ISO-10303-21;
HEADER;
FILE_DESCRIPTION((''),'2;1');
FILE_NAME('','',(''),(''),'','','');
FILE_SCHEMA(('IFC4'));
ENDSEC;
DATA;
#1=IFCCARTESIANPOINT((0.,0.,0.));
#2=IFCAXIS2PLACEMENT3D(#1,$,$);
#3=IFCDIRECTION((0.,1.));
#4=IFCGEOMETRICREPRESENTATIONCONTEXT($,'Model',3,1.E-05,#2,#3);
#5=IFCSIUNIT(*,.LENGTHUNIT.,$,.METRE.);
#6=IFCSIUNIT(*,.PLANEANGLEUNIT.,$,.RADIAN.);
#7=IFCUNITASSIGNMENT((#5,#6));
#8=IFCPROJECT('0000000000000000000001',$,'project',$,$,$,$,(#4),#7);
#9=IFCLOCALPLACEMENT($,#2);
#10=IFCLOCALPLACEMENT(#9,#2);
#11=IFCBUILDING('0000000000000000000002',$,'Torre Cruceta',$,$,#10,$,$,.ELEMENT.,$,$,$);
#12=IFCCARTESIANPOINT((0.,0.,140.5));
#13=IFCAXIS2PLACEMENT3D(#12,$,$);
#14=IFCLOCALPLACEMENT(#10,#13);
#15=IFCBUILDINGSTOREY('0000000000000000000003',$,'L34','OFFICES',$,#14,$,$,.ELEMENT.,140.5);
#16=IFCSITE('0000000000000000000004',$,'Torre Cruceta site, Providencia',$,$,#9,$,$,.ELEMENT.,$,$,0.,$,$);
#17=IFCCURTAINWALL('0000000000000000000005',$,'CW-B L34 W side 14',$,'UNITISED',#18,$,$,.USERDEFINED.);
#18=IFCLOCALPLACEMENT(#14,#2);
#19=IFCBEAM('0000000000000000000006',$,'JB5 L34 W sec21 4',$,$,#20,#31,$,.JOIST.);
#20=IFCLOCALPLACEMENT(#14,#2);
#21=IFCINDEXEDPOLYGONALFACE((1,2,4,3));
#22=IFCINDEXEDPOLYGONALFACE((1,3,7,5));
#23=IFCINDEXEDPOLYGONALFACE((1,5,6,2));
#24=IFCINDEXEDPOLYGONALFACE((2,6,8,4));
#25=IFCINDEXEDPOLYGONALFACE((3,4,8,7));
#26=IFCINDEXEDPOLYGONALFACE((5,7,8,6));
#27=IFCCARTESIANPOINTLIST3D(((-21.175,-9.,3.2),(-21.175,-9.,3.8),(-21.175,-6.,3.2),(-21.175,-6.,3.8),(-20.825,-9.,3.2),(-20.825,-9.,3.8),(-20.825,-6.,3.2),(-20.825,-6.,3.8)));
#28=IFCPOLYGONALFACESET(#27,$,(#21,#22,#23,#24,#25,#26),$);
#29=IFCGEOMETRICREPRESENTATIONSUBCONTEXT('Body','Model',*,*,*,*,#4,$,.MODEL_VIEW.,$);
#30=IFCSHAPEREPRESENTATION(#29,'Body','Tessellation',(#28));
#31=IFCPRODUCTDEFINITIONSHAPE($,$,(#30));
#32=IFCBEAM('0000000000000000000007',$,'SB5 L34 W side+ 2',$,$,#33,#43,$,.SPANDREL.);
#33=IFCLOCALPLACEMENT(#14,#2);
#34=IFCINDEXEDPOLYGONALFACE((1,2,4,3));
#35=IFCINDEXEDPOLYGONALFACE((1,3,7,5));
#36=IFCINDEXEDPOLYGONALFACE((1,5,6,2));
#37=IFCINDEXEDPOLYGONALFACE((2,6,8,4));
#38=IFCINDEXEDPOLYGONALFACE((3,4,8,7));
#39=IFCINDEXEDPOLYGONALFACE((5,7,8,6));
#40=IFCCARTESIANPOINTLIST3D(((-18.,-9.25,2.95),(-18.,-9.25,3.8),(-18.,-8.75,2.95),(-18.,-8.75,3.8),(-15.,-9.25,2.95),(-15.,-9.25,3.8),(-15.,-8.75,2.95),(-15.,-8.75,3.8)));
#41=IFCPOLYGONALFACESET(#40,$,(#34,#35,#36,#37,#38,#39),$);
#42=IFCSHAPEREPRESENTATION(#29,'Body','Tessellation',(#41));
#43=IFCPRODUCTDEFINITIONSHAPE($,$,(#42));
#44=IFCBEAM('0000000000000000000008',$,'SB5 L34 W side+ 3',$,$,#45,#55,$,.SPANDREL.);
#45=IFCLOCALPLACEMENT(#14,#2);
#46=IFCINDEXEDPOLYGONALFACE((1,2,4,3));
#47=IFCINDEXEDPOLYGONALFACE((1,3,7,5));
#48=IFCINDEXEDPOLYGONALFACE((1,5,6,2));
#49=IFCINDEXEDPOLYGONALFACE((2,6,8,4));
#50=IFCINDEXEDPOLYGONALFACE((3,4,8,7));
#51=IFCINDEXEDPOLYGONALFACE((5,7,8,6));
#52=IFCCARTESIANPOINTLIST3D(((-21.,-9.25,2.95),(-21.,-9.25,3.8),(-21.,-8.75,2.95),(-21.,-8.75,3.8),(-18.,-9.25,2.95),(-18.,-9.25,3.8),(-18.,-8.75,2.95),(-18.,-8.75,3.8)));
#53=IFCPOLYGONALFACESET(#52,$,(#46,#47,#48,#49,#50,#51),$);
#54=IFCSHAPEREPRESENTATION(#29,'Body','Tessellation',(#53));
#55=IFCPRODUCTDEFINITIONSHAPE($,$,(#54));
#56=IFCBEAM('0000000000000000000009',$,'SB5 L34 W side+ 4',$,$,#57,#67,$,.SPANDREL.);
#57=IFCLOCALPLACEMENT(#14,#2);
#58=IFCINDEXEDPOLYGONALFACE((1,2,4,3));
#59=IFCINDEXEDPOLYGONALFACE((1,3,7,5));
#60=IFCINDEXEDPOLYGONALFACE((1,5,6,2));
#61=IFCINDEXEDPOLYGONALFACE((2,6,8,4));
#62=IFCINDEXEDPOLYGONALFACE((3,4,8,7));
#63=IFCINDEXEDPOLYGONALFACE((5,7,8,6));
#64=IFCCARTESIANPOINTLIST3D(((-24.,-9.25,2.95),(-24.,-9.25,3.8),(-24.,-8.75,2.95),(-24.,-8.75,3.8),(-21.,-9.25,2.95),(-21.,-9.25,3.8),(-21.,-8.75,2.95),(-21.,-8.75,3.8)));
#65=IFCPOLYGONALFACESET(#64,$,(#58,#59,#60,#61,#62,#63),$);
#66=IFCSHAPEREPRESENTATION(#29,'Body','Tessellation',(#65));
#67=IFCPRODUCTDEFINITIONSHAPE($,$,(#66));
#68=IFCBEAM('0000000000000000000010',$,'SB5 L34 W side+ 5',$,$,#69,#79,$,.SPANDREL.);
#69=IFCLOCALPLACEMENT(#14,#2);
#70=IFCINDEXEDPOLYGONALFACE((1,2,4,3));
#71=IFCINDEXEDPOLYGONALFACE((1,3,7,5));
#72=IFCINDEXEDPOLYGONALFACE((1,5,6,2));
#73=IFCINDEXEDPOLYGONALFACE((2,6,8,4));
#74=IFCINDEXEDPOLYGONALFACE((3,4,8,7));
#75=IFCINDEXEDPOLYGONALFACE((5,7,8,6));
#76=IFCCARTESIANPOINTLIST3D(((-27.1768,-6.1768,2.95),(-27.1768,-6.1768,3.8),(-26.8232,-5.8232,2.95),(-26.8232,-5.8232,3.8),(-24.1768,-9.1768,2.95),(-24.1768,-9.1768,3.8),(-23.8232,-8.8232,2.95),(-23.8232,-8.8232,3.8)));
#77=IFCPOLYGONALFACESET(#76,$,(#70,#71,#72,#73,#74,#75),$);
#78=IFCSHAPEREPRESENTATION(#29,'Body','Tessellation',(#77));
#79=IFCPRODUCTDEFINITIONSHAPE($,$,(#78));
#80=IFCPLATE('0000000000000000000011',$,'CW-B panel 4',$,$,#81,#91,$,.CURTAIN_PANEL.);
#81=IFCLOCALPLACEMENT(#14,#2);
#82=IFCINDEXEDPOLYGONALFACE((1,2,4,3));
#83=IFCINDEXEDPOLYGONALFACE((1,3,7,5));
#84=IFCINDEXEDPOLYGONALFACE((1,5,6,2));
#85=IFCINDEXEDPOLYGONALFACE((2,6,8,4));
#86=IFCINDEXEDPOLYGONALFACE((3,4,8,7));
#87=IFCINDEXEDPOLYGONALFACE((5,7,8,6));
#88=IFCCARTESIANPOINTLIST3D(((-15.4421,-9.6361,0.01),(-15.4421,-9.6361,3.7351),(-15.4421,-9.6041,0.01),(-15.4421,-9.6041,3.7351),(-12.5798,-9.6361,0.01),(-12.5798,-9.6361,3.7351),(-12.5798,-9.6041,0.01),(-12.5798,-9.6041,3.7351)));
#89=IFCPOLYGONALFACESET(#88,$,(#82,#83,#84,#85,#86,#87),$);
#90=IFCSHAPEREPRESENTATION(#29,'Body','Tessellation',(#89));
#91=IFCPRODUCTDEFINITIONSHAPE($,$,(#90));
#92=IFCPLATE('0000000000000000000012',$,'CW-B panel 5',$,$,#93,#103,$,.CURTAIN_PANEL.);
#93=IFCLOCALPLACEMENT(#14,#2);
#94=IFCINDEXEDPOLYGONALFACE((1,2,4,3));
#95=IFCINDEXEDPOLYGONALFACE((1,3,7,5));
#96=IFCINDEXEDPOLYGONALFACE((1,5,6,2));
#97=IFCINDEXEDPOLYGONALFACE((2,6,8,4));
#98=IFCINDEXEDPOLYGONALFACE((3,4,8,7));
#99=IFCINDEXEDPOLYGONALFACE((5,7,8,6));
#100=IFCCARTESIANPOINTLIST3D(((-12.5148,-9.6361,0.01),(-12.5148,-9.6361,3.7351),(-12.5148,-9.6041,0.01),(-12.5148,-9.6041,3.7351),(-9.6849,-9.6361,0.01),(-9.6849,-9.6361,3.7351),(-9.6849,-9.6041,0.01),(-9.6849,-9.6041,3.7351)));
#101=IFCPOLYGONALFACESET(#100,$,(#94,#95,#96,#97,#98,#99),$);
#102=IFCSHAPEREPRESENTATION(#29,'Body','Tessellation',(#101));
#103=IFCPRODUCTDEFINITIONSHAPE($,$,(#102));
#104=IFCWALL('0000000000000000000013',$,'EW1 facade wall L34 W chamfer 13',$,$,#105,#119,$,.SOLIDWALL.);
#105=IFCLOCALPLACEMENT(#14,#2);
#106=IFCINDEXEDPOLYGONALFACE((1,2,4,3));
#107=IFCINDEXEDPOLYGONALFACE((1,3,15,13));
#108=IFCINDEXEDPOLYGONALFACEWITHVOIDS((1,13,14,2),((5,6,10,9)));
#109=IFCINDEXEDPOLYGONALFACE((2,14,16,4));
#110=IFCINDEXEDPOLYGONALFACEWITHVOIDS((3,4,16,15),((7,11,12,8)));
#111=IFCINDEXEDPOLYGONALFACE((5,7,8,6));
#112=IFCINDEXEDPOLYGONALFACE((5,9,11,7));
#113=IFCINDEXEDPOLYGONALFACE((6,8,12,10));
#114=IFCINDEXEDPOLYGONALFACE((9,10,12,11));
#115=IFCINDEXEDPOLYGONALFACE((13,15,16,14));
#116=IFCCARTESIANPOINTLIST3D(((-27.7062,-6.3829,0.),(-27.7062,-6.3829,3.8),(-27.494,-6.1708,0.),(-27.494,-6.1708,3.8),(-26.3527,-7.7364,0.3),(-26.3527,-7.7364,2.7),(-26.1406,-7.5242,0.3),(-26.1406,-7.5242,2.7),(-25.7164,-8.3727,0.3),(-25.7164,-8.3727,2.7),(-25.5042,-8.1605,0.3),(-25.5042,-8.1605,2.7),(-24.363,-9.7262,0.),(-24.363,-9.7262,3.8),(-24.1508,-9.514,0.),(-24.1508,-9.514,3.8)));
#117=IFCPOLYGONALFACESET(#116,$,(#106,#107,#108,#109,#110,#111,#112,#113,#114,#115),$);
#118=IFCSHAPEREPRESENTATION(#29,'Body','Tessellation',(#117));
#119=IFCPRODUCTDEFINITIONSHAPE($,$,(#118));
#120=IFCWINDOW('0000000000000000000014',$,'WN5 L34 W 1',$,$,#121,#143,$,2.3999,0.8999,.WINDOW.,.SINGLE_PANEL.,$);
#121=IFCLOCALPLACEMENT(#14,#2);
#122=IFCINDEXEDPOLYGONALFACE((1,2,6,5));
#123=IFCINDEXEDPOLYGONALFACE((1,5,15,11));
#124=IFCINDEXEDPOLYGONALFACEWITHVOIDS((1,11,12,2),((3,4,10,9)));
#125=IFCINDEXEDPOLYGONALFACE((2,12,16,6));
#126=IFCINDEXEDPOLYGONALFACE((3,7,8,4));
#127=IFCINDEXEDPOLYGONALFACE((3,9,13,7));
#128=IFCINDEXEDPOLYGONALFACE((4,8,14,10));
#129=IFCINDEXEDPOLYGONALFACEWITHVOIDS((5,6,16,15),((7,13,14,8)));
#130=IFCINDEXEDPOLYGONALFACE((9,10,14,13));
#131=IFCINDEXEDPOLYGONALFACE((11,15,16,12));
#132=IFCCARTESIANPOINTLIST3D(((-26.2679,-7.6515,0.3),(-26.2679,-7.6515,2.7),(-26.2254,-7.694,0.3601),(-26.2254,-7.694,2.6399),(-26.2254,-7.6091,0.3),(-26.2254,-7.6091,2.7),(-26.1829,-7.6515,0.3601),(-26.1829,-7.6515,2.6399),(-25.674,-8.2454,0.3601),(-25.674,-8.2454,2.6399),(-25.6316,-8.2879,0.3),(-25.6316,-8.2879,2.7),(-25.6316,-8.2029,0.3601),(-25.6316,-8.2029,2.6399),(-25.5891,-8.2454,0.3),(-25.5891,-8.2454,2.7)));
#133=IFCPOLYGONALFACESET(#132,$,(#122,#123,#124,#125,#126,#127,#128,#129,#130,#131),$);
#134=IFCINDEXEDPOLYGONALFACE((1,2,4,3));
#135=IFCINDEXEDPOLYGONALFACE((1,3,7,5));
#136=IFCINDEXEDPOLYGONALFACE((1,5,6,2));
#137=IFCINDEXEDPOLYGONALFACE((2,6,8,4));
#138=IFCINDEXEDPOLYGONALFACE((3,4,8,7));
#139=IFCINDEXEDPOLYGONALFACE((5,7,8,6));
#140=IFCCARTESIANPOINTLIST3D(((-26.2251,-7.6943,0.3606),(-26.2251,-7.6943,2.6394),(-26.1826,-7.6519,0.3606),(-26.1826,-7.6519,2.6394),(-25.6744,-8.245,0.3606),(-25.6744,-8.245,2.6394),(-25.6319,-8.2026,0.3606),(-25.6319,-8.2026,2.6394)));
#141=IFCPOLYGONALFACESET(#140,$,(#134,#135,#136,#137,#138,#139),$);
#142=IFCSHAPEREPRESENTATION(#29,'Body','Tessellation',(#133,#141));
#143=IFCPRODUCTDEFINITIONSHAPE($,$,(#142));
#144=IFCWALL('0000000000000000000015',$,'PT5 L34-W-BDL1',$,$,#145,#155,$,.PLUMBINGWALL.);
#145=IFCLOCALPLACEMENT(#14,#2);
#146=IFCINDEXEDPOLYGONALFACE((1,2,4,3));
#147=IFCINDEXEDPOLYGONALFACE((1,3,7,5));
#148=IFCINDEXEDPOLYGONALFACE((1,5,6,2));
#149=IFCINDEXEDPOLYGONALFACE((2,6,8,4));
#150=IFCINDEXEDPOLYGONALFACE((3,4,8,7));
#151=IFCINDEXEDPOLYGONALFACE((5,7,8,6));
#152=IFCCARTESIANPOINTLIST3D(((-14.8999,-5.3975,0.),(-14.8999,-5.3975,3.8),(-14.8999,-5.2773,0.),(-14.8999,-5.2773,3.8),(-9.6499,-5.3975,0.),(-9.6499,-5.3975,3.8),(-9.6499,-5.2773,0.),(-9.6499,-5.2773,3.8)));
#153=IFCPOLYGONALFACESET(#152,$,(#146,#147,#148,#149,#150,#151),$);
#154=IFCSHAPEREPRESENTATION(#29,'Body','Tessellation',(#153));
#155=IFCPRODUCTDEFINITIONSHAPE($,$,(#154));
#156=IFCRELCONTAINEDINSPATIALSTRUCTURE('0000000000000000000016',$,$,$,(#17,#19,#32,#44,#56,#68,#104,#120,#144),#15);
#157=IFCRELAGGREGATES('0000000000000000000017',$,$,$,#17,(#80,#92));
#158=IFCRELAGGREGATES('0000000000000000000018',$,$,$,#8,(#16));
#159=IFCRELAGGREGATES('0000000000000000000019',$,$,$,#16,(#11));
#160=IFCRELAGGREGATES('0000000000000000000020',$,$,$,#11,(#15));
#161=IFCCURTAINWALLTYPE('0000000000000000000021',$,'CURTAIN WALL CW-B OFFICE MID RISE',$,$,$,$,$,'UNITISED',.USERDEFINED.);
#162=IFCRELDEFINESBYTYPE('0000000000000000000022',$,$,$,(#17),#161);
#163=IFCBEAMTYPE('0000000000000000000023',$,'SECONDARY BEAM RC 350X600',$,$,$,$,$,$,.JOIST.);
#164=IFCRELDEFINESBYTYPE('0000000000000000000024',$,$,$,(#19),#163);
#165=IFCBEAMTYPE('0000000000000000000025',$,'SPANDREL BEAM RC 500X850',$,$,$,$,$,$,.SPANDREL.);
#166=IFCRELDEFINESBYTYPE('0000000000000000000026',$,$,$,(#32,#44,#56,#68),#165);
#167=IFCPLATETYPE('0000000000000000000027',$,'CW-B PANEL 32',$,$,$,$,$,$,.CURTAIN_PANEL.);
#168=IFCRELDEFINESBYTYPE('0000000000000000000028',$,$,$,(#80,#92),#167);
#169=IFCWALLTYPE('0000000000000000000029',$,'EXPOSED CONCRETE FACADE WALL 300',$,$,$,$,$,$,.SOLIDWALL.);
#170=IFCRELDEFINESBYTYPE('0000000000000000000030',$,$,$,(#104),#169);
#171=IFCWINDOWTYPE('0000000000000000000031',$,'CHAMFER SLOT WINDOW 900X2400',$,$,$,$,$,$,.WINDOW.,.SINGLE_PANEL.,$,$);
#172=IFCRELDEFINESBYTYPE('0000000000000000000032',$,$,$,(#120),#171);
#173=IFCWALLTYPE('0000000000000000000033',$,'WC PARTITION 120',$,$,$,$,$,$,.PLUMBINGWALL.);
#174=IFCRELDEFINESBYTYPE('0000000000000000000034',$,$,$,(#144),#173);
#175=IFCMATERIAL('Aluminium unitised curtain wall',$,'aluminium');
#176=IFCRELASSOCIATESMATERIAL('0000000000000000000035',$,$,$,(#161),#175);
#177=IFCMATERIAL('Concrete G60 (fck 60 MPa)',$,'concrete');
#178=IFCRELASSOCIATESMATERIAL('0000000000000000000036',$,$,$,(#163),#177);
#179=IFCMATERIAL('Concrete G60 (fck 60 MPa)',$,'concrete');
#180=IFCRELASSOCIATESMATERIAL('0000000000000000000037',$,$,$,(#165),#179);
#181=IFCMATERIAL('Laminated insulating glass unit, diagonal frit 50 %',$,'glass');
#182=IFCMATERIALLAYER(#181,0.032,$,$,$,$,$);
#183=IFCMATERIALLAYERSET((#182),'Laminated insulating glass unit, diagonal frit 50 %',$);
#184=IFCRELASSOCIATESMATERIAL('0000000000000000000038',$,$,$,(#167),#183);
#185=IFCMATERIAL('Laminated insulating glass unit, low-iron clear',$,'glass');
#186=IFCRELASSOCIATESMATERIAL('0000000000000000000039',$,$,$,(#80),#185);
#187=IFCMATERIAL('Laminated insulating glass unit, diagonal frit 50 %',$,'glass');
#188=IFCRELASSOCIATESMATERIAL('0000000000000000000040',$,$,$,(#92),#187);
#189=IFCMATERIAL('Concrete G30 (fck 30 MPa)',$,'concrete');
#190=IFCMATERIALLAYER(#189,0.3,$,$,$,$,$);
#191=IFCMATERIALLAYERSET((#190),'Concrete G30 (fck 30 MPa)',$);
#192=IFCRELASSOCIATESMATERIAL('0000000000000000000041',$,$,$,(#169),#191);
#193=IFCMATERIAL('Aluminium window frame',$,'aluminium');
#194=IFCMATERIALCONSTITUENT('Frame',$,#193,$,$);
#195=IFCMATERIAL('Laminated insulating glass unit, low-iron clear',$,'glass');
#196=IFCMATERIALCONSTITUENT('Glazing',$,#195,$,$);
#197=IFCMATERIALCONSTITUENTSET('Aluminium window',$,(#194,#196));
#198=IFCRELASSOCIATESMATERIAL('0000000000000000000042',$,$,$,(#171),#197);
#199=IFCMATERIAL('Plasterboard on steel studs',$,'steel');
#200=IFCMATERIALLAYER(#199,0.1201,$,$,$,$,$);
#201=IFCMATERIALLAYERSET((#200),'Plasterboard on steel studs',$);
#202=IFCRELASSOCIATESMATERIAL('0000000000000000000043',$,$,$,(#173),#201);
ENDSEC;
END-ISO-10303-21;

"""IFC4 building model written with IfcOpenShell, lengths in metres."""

from ifc_helpers import new_model, si_unit, direction, frame, frame_2d, origin, origin_2d, place, context, subcontext, project, spatial, rectangle, hollow_rectangle, extrude, material, layer, layer_set, constituent, constituent_set, material_profile, profile_set, type_object, element, fill, aggregate, save


model = new_model("IFC4")

# Units and contexts
model_context = context("Model", 3, precision=1e-05, world=origin(), true_north=direction((0.0, 1.0)))
body_context = subcontext(model_context, "Body", "Model", "MODEL_VIEW")
ifc_project = project(units=[si_unit("LENGTHUNIT", "METRE"), si_unit("PLANEANGLEUNIT", "RADIAN")], contexts=[model_context])

# Site, building, storey
site_placement = place(None, origin())
site = spatial("IfcSite", under=ifc_project, at=site_placement, Name="Torre Cruceta site, Providencia", CompositionType="ELEMENT", RefElevation=0.0)
building_placement = place(site_placement, origin())
building = spatial("IfcBuilding", under=site, at=building_placement, Name="Torre Cruceta", CompositionType="ELEMENT")
storey_placement = place(building_placement, frame((0.0, 0.0, 140.5)))
storey = spatial("IfcBuildingStorey", under=building, at=storey_placement, Name="L34", Description="OFFICES", CompositionType="ELEMENT", Elevation=140.5)

# Curtain wall
ifc_material_1 = material(Name="Aluminium unitised curtain wall", Category="aluminium")
curtain_wall_type = type_object("IfcCurtainWallType", Name="CURTAIN WALL CW-B OFFICE MID RISE", ElementType="UNITISED", PredefinedType="USERDEFINED", material=ifc_material_1)
curtain_wall_placement = place(storey_placement, origin())
curtain_wall = element("IfcCurtainWall", 1, at=curtain_wall_placement, inside=storey, type_object=curtain_wall_type, Name="CW-B L34 W side 14", ObjectType="UNITISED", PredefinedType="USERDEFINED")

# Beams
ifc_material_2 = material(Name="Concrete G60 (fck 60 MPa)", Category="concrete")
ifc_material_profile_1 = material_profile(ifc_material_2, rectangle(XDim=0.3501, YDim=0.6001, at=origin_2d()), Name="RC 350X600")
ifc_profile_set_1 = profile_set([ifc_material_profile_1], Name="Concrete G60 (fck 60 MPa)")
beam_type_1 = type_object("IfcBeamType", Name="SECONDARY BEAM RC 350X600", PredefinedType="JOIST", material=ifc_profile_set_1)
beam_1_placement = place(storey_placement, frame((-21.0, -6.0, 3.5), z_axis=(0.0, -1.0, 0.0), x_axis=(1.0, 0.0, 0.0)))
element("IfcBeam", 2, at=beam_1_placement, inside=storey, type_object=beam_type_1, Name="JB5 L34 W sec21 4", PredefinedType="JOIST", context=body_context, shape_type="SweptSolid", body=[
    extrude(rectangle(XDim=0.3501, YDim=0.6001, at=origin_2d()), origin(), (0.0, 0.0, 1.0), 3.0),
])
ifc_material_3 = material(Name="Concrete G60 (fck 60 MPa)", Category="concrete")
ifc_material_profile_2 = material_profile(ifc_material_3, rectangle(XDim=0.5, YDim=0.8501, at=origin_2d()), Name="RC 500X850")
ifc_profile_set_2 = profile_set([ifc_material_profile_2], Name="Concrete G60 (fck 60 MPa)")
beam_type_2 = type_object("IfcBeamType", Name="SPANDREL BEAM RC 500X850", PredefinedType="SPANDREL", material=ifc_profile_set_2)
for number, where, z_axis, x_axis, name in (
    (3, (-15.0, -9.0, 3.375), (-1.0, 0.0, 0.0), (0.0, -1.0, 0.0), "SB5 L34 W side+ 2"),
    (4, (-18.0, -9.0, 3.375), (-1.0, 0.0, 0.0), (0.0, -1.0, 0.0), "SB5 L34 W side+ 3"),
    (5, (-21.0, -9.0, 3.375), (-1.0, 0.0, 0.0), (0.0, -1.0, 0.0), "SB5 L34 W side+ 4"),
):
    element("IfcBeam", number, at=place(storey_placement, frame(where, z_axis=z_axis, x_axis=x_axis)), inside=storey, type_object=beam_type_2, Name=name, PredefinedType="SPANDREL", context=body_context, shape_type="SweptSolid", body=[
        extrude(rectangle(XDim=0.5, YDim=0.8501, at=origin_2d()), origin(), (0.0, 0.0, 1.0), 3.0),
    ])
beam_2_placement = place(storey_placement, frame((-24.0, -9.0, 3.375), z_axis=(-0.707107, 0.707107, 0.0), x_axis=(-0.707107, -0.707107, 0.0)))
element("IfcBeam", 6, at=beam_2_placement, inside=storey, type_object=beam_type_2, Name="SB5 L34 W side+ 5", PredefinedType="SPANDREL", context=body_context, shape_type="SweptSolid", body=[
    extrude(rectangle(XDim=0.5, YDim=0.8501, at=origin_2d()), origin(), (0.0, 0.0, 1.0), 4.2427),
])

# Plates
ifc_material_4 = material(Name="Laminated insulating glass unit, low-iron clear", Category="glass")
ifc_material_5 = material(Name="Laminated insulating glass unit, diagonal frit 50 %", Category="glass")
ifc_layer_1 = layer(ifc_material_5, 0.032)
ifc_layer_set_1 = layer_set([ifc_layer_1], Name="Laminated insulating glass unit, diagonal frit 50 %")
plate_type = type_object("IfcPlateType", Name="CW-B PANEL 32", PredefinedType="CURTAIN_PANEL", material=ifc_layer_set_1)
plate_1_placement = place(storey_placement, frame((-14.011, -9.6201, 0.01), z_axis=(0.0, 0.0, 1.0), x_axis=(1.0, 0.0, 0.0)))
plate_1 = element("IfcPlate", 7, at=plate_1_placement, type_object=plate_type, material=ifc_material_4, Name="CW-B panel 4", PredefinedType="CURTAIN_PANEL", context=body_context, shape_type="SweptSolid", body=[
    extrude(rectangle(XDim=2.8623, YDim=0.032, at=origin_2d()), origin(), (0.0, 0.0, 1.0), 3.7251),
])
ifc_material_6 = material(Name="Laminated insulating glass unit, diagonal frit 50 %", Category="glass")
plate_2_placement = place(storey_placement, frame((-11.0999, -9.6201, 0.01), z_axis=(0.0, 0.0, 1.0), x_axis=(1.0, 0.0, 0.0)))
plate_2 = element("IfcPlate", 8, at=plate_2_placement, type_object=plate_type, material=ifc_material_6, Name="CW-B panel 5", PredefinedType="CURTAIN_PANEL", context=body_context, shape_type="SweptSolid", body=[
    extrude(rectangle(XDim=2.8298, YDim=0.032, at=origin_2d()), origin(), (0.0, 0.0, 1.0), 3.7251),
])
aggregate(curtain_wall, [plate_1, plate_2])

# Wall, opening, window
ifc_material_7 = material(Name="Concrete G30 (fck 30 MPa)", Category="concrete")
ifc_layer_2 = layer(ifc_material_7, 0.3)
ifc_layer_set_2 = layer_set([ifc_layer_2], Name="Concrete G30 (fck 30 MPa)")
wall_type_1 = type_object("IfcWallType", Name="EXPOSED CONCRETE FACADE WALL 300", PredefinedType="SOLIDWALL", material=ifc_layer_set_2)
wall_1_placement = place(storey_placement, frame((-27.6001, -6.2769, 0.0), z_axis=(0.0, 0.0, 1.0), x_axis=(0.707107, -0.707107, 0.0)))
wall_1 = element("IfcWall", 9, at=wall_1_placement, inside=storey, type_object=wall_type_1, Name="EW1 facade wall L34 W chamfer 13", PredefinedType="SOLIDWALL", context=body_context, shape_type="SweptSolid", body=[
    extrude(rectangle(XDim=4.728, YDim=0.3, at=frame_2d((2.364, 0.0))), origin(), (0.0, 0.0, 1.0), 3.8),
])
opening_placement = place(wall_1_placement, frame((1.9141, 0.0, 0.3)))
opening = element("IfcOpeningElement", 10, at=opening_placement, cuts=wall_1, PredefinedType="OPENING", context=body_context, shape_type="SweptSolid", body=[
    extrude(rectangle(XDim=0.8999, YDim=2.3999, at=frame_2d((0.45, 1.2))), frame((0.0, 0.1599, 0.0), z_axis=(0.0, -1.0, 0.0), x_axis=(1.0, 0.0, 0.0)), (0.0, 0.0, 1.0), 0.3201),
])
ifc_material_8 = material(Name="Aluminium window frame", Category="aluminium")
ifc_constituent_1 = constituent(ifc_material_8, Name="Frame")
ifc_material_9 = material(Name="Laminated insulating glass unit, low-iron clear", Category="glass")
ifc_constituent_2 = constituent(ifc_material_9, Name="Glazing")
ifc_constituent_set = constituent_set(constituents=[ifc_constituent_1, ifc_constituent_2], Name="Aluminium window")
window_type = type_object("IfcWindowType", Name="CHAMFER SLOT WINDOW 900X2400", PartitioningType="SINGLE_PANEL", PredefinedType="WINDOW", material=ifc_constituent_set)
window_placement = place(opening_placement, origin())
window = element("IfcWindow", 11, at=window_placement, inside=storey, type_object=window_type, Name="WN5 L34 W 1", OverallHeight=2.3999, OverallWidth=0.8999, PartitioningType="SINGLE_PANEL", PredefinedType="WINDOW", context=body_context, shape_type="SweptSolid", body=[
    extrude(hollow_rectangle(XDim=0.8999, YDim=2.3999, WallThickness=0.0601, at=frame_2d((0.45, 1.2))), frame((0.0, 0.03, 0.0), z_axis=(0.0, -1.0, 0.0), x_axis=(1.0, 0.0, 0.0)), (0.0, 0.0, 1.0), 0.0601),
    extrude(rectangle(XDim=0.7788, YDim=2.2788, at=frame_2d((0.45, 1.2))), frame((0.0, 0.03, 0.0), z_axis=(0.0, -1.0, 0.0), x_axis=(1.0, 0.0, 0.0)), (0.0, 0.0, 1.0), 0.0601),
])
fill(opening, window)

# Wall
ifc_material_10 = material(Name="Plasterboard on steel studs", Category="steel")
ifc_layer_3 = layer(ifc_material_10, 0.1201)
ifc_layer_set_3 = layer_set([ifc_layer_3], Name="Plasterboard on steel studs")
wall_type_2 = type_object("IfcWallType", Name="WC PARTITION 120", PredefinedType="PLUMBINGWALL", material=ifc_layer_set_3)
wall_2_placement = place(storey_placement, frame((-9.6499, -5.3374, 0.0), z_axis=(0.0, 0.0, 1.0), x_axis=(-1.0, 0.0, 0.0)))
element("IfcWall", 12, at=wall_2_placement, inside=storey, type_object=wall_type_2, Name="PT5 L34-W-BDL1", PredefinedType="PLUMBINGWALL", context=body_context, shape_type="SweptSolid", body=[
    extrude(rectangle(XDim=5.25, YDim=0.1201, at=frame_2d((2.625, 0.0))), origin(), (0.0, 0.0, 1.0), 3.8),
])

save(model, "model.ifc")
